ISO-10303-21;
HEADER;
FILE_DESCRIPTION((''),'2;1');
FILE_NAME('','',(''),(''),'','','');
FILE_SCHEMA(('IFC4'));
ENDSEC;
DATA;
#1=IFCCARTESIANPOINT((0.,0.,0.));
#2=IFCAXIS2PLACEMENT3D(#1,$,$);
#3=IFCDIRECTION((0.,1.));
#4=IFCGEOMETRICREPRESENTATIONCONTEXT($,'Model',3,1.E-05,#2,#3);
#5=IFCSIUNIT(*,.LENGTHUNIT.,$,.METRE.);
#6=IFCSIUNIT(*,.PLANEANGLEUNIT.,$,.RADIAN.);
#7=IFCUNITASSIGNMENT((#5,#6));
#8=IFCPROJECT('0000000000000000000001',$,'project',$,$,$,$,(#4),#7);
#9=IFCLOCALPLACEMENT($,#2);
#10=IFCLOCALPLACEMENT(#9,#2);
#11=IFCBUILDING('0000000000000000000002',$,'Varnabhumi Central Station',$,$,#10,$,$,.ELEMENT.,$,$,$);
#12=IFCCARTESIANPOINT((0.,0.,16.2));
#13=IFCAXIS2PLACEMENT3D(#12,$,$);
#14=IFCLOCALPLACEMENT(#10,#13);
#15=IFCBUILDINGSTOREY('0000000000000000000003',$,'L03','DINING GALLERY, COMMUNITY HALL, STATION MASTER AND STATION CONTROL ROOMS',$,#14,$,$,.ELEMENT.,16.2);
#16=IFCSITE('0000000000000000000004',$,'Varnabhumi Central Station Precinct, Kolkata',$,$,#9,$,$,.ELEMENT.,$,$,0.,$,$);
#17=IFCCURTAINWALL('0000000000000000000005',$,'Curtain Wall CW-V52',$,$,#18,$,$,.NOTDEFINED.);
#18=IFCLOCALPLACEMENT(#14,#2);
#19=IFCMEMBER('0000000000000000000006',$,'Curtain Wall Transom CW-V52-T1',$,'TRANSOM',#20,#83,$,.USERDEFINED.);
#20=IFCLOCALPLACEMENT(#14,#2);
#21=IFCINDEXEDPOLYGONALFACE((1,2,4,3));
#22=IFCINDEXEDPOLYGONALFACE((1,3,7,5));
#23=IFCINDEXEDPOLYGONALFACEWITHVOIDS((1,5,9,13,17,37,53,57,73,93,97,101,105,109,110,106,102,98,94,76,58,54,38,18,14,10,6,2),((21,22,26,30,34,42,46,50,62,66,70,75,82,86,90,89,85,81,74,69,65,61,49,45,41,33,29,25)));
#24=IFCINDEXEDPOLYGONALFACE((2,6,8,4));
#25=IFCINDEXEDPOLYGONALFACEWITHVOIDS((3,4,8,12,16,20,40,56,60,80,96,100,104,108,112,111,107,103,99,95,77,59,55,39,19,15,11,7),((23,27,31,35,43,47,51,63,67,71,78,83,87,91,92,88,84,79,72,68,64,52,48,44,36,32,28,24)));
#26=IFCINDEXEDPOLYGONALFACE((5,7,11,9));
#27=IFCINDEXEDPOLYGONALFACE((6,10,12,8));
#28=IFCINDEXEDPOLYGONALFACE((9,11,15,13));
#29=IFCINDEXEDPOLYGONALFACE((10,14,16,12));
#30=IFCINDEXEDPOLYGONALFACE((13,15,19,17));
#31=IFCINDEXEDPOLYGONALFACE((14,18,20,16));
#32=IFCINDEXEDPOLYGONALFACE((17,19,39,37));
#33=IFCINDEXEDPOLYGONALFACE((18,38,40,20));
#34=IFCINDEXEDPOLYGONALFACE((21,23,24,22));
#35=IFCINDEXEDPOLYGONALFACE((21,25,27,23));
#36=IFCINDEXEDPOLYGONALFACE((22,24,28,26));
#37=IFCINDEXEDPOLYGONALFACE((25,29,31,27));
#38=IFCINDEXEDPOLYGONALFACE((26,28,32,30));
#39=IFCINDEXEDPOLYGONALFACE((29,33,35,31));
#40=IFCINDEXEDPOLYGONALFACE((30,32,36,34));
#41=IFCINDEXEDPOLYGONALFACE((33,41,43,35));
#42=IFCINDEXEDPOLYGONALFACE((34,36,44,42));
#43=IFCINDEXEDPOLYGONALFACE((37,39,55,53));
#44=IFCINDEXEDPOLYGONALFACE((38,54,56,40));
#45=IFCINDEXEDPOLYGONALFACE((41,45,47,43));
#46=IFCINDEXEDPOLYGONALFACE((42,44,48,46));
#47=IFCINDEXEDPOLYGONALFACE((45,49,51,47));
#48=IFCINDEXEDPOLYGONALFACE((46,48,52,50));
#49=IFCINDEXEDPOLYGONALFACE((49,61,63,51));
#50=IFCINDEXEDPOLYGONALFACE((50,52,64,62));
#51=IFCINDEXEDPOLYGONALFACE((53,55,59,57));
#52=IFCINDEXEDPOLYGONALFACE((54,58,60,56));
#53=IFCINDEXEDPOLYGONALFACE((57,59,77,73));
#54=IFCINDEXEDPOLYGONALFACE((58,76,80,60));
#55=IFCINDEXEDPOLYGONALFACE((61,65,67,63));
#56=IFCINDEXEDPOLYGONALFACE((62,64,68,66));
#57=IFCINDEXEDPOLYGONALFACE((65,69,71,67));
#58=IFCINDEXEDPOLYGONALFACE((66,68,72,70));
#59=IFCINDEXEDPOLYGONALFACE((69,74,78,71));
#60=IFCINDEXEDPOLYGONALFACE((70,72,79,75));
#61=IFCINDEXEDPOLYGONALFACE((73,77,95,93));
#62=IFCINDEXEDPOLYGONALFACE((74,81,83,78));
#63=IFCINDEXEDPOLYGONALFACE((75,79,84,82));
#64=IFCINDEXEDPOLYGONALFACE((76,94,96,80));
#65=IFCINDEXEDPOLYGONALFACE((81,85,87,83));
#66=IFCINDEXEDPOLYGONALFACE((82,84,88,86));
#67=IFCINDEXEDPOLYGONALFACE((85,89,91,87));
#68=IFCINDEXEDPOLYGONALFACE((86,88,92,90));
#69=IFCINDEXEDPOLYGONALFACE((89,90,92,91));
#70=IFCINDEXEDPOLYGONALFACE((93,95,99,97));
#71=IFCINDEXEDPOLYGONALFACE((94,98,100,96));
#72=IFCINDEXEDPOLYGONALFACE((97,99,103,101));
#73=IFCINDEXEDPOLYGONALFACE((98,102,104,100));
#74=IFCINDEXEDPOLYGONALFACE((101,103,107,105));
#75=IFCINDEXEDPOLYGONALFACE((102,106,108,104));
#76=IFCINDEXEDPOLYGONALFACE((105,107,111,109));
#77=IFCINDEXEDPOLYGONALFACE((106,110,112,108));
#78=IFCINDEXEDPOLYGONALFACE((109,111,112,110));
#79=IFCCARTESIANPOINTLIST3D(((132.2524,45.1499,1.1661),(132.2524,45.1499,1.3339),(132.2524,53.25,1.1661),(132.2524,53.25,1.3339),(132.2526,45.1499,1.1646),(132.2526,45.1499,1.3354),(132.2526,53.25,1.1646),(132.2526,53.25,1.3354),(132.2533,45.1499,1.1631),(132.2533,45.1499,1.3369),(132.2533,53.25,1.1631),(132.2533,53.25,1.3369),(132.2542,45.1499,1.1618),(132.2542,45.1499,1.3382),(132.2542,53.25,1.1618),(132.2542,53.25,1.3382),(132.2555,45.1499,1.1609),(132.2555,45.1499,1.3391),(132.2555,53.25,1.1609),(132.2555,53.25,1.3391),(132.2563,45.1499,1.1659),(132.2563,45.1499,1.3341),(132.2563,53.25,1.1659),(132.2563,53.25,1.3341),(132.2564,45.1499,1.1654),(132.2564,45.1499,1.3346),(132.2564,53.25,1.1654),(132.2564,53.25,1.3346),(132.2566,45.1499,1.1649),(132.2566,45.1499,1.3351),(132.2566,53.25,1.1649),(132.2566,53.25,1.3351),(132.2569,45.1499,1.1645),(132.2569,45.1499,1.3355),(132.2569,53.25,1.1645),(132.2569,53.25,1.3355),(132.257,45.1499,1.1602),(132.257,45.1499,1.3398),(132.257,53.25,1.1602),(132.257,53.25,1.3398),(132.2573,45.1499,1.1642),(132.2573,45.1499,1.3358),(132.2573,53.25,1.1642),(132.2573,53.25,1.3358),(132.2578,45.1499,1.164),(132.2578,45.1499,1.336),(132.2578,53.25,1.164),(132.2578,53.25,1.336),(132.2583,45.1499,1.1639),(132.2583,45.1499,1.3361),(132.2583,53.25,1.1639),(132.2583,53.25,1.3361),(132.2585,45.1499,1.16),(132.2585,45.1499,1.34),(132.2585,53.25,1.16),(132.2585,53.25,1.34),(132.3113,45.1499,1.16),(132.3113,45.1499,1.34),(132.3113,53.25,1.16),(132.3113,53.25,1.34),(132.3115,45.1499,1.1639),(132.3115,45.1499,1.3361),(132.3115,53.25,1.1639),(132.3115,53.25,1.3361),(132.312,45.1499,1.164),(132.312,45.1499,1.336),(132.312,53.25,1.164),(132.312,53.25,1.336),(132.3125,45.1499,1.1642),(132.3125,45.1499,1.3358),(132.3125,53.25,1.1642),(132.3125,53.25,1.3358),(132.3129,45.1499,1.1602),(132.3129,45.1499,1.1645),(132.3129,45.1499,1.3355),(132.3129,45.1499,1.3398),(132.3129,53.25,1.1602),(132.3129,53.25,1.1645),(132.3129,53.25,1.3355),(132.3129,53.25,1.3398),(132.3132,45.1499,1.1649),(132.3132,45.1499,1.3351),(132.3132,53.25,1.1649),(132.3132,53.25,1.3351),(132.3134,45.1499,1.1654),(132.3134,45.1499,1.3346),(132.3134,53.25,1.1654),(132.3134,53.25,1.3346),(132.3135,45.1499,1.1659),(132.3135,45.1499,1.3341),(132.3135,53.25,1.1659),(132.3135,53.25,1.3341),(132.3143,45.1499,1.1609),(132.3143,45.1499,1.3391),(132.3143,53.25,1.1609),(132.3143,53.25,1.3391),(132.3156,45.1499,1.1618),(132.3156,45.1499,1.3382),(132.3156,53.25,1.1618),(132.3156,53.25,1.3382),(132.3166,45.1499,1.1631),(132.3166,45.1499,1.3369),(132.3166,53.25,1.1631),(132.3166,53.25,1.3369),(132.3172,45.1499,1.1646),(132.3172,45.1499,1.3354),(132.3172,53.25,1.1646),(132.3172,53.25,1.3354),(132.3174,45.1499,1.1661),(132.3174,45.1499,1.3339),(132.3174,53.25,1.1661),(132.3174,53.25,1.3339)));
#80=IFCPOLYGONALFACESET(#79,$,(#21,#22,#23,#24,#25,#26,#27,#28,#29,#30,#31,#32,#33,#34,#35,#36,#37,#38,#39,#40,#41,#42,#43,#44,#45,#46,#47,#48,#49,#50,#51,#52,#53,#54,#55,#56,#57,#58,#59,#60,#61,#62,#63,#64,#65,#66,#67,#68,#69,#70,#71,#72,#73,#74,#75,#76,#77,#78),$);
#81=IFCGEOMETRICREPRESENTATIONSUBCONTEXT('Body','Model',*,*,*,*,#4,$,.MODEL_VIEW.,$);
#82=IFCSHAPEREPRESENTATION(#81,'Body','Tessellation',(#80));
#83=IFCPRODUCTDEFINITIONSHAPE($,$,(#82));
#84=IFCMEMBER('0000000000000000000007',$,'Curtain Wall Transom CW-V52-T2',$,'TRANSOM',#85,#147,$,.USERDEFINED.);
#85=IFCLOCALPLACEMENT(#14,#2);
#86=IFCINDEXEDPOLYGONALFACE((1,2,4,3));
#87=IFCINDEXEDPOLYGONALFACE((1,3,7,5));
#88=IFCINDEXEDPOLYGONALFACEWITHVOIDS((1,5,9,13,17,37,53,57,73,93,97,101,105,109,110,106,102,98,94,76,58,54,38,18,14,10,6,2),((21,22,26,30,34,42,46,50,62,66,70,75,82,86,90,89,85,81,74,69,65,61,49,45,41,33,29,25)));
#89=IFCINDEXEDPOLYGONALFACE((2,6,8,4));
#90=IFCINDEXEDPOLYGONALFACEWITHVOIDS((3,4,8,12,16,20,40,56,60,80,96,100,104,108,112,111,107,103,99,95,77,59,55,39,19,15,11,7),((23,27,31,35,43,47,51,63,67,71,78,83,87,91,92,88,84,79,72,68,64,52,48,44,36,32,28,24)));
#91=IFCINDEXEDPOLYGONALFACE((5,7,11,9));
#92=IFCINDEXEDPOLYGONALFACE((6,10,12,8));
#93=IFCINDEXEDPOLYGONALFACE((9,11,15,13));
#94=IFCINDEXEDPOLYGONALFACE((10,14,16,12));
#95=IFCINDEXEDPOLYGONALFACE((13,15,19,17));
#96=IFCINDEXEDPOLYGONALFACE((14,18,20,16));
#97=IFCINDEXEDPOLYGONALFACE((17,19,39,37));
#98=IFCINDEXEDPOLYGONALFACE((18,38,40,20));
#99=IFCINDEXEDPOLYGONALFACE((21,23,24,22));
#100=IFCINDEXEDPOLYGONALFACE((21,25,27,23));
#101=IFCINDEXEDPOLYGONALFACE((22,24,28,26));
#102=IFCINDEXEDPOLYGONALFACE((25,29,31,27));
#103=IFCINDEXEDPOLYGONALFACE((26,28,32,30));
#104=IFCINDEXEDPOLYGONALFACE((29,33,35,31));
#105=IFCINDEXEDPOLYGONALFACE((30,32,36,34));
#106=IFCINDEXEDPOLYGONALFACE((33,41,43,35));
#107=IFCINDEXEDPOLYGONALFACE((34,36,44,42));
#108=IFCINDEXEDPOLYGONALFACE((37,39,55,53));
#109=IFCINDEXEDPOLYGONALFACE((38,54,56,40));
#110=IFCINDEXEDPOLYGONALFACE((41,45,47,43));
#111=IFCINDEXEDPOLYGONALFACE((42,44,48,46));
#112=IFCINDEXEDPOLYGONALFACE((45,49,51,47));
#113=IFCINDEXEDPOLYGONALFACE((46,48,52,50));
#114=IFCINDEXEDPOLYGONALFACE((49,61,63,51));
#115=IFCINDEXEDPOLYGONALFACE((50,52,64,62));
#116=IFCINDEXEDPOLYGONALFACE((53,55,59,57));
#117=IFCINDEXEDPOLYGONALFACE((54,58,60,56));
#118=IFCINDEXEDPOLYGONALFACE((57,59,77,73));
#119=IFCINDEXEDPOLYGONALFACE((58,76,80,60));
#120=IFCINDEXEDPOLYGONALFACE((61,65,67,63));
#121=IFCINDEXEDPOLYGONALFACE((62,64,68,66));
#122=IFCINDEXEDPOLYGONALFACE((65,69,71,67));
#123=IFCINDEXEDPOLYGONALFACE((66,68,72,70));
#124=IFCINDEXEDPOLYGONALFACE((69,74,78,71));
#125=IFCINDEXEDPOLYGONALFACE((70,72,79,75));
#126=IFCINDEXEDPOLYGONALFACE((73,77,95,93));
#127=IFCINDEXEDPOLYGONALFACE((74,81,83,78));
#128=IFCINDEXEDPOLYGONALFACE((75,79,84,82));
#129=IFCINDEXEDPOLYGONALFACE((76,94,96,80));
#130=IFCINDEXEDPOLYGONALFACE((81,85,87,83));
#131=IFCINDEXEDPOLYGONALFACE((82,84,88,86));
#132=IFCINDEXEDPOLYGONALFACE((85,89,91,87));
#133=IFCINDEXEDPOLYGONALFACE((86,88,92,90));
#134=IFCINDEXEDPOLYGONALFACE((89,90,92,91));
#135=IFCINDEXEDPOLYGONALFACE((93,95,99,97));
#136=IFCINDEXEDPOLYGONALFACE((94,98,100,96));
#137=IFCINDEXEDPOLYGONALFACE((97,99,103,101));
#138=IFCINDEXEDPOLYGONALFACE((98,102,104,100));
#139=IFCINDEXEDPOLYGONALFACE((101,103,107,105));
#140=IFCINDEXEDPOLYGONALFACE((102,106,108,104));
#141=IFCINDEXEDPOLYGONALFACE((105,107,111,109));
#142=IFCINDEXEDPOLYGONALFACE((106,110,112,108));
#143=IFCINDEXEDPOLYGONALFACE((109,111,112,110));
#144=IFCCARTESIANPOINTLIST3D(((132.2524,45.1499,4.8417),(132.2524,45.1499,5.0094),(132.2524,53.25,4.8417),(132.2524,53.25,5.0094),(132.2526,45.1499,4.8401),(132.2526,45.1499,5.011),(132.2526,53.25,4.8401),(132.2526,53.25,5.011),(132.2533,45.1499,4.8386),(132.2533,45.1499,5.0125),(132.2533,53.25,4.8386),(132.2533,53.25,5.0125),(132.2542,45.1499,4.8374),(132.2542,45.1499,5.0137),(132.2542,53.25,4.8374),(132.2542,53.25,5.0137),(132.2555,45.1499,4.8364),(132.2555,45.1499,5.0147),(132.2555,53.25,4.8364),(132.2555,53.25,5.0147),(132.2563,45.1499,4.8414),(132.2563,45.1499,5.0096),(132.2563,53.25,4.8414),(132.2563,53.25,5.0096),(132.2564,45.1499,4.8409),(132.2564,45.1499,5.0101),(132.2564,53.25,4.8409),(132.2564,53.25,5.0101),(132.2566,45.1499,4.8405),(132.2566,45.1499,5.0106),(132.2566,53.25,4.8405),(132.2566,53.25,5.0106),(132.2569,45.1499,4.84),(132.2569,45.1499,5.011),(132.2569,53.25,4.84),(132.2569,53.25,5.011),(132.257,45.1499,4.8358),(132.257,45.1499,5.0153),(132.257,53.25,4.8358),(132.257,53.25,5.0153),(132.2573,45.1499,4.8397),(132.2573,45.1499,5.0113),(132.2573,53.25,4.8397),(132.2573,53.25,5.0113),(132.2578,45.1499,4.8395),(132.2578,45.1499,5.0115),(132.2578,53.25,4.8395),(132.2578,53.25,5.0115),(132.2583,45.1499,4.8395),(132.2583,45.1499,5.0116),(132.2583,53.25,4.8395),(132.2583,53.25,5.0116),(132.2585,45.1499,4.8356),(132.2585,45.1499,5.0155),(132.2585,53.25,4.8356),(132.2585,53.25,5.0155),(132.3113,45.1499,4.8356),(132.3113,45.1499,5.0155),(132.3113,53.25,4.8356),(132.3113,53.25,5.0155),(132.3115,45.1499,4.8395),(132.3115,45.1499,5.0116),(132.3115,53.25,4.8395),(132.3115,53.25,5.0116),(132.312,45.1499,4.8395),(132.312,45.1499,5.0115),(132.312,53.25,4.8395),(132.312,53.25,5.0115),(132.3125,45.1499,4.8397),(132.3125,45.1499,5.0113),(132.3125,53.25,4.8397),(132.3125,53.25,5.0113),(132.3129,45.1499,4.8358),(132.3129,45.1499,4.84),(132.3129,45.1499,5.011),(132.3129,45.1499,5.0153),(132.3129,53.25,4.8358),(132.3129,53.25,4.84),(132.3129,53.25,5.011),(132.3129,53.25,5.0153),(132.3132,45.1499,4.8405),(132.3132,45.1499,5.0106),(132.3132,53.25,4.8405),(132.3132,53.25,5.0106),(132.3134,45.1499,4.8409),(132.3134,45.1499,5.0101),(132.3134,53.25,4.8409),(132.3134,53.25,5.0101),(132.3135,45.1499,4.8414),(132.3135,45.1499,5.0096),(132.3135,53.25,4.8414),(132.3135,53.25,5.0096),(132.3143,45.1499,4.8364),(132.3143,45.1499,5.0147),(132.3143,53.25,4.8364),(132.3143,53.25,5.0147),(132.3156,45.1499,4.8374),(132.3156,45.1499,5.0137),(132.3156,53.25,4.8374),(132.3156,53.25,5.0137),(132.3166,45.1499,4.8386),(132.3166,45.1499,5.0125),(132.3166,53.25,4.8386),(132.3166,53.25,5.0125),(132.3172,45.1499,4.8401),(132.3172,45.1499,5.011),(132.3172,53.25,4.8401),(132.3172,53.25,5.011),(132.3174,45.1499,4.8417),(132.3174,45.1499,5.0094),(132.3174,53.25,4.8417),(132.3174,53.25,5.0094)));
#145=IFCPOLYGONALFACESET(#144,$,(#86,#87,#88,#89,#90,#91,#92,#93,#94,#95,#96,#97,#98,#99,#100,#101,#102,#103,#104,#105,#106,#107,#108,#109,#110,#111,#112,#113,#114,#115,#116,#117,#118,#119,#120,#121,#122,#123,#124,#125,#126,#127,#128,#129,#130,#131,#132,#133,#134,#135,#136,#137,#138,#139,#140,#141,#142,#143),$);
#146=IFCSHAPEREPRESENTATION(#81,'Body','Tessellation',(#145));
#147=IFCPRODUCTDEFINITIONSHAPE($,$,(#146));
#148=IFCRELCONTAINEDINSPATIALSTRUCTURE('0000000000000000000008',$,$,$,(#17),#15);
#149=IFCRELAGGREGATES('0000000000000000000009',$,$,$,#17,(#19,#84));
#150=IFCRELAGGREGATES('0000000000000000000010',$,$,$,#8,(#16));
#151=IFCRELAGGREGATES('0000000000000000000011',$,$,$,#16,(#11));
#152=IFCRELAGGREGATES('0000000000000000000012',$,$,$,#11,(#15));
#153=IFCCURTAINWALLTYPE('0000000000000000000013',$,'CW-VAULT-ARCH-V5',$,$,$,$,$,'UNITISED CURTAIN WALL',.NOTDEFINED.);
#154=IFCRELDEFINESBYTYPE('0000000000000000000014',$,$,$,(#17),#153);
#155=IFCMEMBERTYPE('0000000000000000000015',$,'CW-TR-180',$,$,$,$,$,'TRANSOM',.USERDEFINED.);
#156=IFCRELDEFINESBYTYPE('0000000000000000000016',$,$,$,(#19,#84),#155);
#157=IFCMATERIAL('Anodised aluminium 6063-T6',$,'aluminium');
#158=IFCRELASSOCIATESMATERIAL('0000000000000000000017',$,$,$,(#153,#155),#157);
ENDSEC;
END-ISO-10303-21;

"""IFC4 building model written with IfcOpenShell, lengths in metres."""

from ifc_helpers import new_model, si_unit, direction, frame, origin, origin_2d, place, context, subcontext, project, spatial, hollow_rectangle, extrude, material, material_profile, profile_set, type_object, element, aggregate, save


model = new_model("IFC4")

# Units and contexts
model_context = context("Model", 3, precision=1e-05, world=origin(), true_north=direction((0.0, 1.0)))
body_context = subcontext(model_context, "Body", "Model", "MODEL_VIEW")
ifc_project = project(units=[si_unit("LENGTHUNIT", "METRE"), si_unit("PLANEANGLEUNIT", "RADIAN")], contexts=[model_context])

# Site, building, storey
site_placement = place(None, origin())
site = spatial("IfcSite", under=ifc_project, at=site_placement, Name="Varnabhumi Central Station Precinct, Kolkata", CompositionType="ELEMENT", RefElevation=0.0)
building_placement = place(site_placement, origin())
building = spatial("IfcBuilding", under=site, at=building_placement, Name="Varnabhumi Central Station", CompositionType="ELEMENT")
storey_placement = place(building_placement, frame((0.0, 0.0, 16.2)))
storey = spatial("IfcBuildingStorey", under=building, at=storey_placement, Name="L03", Description="DINING GALLERY, COMMUNITY HALL, STATION MASTER AND STATION CONTROL ROOMS", CompositionType="ELEMENT", Elevation=16.2)

# Curtain wall, members
ifc_material_1 = material(Name="Anodised aluminium 6063-T6", Category="aluminium")
curtain_wall_type = type_object("IfcCurtainWallType", Name="CW-VAULT-ARCH-V5", ElementType="UNITISED CURTAIN WALL", PredefinedType="NOTDEFINED", material=ifc_material_1)
curtain_wall_1_placement = place(storey_placement, origin())
curtain_wall_1 = element("IfcCurtainWall", 1, at=curtain_wall_1_placement, inside=storey, type_object=curtain_wall_type, Name="Curtain Wall CW-V52", PredefinedType="NOTDEFINED")
ifc_material_profile_1 = material_profile(ifc_material_1, hollow_rectangle(XDim=0.0649, YDim=0.1799, WallThickness=0.0039, InnerFilletRadius=0.002, OuterFilletRadius=0.0061, at=origin_2d()), Name="Anodised aluminium 6063-T6", Category="aluminium")
ifc_profile_set_1 = profile_set([ifc_material_profile_1], Name="Anodised aluminium 6063-T6")
member_type_1 = type_object("IfcMemberType", Name="CW-TR-180", ElementType="TRANSOM", PredefinedType="USERDEFINED", material=ifc_profile_set_1)
member_1_placement = place(storey_placement, frame((132.2849, 45.1499, 1.25), z_axis=(0.0, 1.0, 0.0), x_axis=(-1.0, 0.0, 0.0)))
member_1 = element("IfcMember", 2, at=member_1_placement, type_object=member_type_1, Name="Curtain Wall Transom CW-V52-T1", ObjectType="TRANSOM", PredefinedType="USERDEFINED", context=body_context, shape_type="SweptSolid", body=[
    extrude(hollow_rectangle(XDim=0.0649, YDim=0.1799, WallThickness=0.0039, InnerFilletRadius=0.002, OuterFilletRadius=0.0061, at=origin_2d()), origin(), (0.0, 0.0, 1.0), 8.1001),
])
member_2_placement = place(storey_placement, frame((132.2849, 45.1499, 4.9255), z_axis=(0.0, 1.0, 0.0), x_axis=(-1.0, 0.0, 0.0)))
member_2 = element("IfcMember", 3, at=member_2_placement, type_object=member_type_1, Name="Curtain Wall Transom CW-V52-T2", ObjectType="TRANSOM", PredefinedType="USERDEFINED", context=body_context, shape_type="SweptSolid", body=[
    extrude(hollow_rectangle(XDim=0.0649, YDim=0.1799, WallThickness=0.0039, InnerFilletRadius=0.002, OuterFilletRadius=0.0061, at=origin_2d()), origin(), (0.0, 0.0, 1.0), 8.1001),
])

aggregate(curtain_wall_1, [member_1, member_2])

save(model, "model.ifc")
